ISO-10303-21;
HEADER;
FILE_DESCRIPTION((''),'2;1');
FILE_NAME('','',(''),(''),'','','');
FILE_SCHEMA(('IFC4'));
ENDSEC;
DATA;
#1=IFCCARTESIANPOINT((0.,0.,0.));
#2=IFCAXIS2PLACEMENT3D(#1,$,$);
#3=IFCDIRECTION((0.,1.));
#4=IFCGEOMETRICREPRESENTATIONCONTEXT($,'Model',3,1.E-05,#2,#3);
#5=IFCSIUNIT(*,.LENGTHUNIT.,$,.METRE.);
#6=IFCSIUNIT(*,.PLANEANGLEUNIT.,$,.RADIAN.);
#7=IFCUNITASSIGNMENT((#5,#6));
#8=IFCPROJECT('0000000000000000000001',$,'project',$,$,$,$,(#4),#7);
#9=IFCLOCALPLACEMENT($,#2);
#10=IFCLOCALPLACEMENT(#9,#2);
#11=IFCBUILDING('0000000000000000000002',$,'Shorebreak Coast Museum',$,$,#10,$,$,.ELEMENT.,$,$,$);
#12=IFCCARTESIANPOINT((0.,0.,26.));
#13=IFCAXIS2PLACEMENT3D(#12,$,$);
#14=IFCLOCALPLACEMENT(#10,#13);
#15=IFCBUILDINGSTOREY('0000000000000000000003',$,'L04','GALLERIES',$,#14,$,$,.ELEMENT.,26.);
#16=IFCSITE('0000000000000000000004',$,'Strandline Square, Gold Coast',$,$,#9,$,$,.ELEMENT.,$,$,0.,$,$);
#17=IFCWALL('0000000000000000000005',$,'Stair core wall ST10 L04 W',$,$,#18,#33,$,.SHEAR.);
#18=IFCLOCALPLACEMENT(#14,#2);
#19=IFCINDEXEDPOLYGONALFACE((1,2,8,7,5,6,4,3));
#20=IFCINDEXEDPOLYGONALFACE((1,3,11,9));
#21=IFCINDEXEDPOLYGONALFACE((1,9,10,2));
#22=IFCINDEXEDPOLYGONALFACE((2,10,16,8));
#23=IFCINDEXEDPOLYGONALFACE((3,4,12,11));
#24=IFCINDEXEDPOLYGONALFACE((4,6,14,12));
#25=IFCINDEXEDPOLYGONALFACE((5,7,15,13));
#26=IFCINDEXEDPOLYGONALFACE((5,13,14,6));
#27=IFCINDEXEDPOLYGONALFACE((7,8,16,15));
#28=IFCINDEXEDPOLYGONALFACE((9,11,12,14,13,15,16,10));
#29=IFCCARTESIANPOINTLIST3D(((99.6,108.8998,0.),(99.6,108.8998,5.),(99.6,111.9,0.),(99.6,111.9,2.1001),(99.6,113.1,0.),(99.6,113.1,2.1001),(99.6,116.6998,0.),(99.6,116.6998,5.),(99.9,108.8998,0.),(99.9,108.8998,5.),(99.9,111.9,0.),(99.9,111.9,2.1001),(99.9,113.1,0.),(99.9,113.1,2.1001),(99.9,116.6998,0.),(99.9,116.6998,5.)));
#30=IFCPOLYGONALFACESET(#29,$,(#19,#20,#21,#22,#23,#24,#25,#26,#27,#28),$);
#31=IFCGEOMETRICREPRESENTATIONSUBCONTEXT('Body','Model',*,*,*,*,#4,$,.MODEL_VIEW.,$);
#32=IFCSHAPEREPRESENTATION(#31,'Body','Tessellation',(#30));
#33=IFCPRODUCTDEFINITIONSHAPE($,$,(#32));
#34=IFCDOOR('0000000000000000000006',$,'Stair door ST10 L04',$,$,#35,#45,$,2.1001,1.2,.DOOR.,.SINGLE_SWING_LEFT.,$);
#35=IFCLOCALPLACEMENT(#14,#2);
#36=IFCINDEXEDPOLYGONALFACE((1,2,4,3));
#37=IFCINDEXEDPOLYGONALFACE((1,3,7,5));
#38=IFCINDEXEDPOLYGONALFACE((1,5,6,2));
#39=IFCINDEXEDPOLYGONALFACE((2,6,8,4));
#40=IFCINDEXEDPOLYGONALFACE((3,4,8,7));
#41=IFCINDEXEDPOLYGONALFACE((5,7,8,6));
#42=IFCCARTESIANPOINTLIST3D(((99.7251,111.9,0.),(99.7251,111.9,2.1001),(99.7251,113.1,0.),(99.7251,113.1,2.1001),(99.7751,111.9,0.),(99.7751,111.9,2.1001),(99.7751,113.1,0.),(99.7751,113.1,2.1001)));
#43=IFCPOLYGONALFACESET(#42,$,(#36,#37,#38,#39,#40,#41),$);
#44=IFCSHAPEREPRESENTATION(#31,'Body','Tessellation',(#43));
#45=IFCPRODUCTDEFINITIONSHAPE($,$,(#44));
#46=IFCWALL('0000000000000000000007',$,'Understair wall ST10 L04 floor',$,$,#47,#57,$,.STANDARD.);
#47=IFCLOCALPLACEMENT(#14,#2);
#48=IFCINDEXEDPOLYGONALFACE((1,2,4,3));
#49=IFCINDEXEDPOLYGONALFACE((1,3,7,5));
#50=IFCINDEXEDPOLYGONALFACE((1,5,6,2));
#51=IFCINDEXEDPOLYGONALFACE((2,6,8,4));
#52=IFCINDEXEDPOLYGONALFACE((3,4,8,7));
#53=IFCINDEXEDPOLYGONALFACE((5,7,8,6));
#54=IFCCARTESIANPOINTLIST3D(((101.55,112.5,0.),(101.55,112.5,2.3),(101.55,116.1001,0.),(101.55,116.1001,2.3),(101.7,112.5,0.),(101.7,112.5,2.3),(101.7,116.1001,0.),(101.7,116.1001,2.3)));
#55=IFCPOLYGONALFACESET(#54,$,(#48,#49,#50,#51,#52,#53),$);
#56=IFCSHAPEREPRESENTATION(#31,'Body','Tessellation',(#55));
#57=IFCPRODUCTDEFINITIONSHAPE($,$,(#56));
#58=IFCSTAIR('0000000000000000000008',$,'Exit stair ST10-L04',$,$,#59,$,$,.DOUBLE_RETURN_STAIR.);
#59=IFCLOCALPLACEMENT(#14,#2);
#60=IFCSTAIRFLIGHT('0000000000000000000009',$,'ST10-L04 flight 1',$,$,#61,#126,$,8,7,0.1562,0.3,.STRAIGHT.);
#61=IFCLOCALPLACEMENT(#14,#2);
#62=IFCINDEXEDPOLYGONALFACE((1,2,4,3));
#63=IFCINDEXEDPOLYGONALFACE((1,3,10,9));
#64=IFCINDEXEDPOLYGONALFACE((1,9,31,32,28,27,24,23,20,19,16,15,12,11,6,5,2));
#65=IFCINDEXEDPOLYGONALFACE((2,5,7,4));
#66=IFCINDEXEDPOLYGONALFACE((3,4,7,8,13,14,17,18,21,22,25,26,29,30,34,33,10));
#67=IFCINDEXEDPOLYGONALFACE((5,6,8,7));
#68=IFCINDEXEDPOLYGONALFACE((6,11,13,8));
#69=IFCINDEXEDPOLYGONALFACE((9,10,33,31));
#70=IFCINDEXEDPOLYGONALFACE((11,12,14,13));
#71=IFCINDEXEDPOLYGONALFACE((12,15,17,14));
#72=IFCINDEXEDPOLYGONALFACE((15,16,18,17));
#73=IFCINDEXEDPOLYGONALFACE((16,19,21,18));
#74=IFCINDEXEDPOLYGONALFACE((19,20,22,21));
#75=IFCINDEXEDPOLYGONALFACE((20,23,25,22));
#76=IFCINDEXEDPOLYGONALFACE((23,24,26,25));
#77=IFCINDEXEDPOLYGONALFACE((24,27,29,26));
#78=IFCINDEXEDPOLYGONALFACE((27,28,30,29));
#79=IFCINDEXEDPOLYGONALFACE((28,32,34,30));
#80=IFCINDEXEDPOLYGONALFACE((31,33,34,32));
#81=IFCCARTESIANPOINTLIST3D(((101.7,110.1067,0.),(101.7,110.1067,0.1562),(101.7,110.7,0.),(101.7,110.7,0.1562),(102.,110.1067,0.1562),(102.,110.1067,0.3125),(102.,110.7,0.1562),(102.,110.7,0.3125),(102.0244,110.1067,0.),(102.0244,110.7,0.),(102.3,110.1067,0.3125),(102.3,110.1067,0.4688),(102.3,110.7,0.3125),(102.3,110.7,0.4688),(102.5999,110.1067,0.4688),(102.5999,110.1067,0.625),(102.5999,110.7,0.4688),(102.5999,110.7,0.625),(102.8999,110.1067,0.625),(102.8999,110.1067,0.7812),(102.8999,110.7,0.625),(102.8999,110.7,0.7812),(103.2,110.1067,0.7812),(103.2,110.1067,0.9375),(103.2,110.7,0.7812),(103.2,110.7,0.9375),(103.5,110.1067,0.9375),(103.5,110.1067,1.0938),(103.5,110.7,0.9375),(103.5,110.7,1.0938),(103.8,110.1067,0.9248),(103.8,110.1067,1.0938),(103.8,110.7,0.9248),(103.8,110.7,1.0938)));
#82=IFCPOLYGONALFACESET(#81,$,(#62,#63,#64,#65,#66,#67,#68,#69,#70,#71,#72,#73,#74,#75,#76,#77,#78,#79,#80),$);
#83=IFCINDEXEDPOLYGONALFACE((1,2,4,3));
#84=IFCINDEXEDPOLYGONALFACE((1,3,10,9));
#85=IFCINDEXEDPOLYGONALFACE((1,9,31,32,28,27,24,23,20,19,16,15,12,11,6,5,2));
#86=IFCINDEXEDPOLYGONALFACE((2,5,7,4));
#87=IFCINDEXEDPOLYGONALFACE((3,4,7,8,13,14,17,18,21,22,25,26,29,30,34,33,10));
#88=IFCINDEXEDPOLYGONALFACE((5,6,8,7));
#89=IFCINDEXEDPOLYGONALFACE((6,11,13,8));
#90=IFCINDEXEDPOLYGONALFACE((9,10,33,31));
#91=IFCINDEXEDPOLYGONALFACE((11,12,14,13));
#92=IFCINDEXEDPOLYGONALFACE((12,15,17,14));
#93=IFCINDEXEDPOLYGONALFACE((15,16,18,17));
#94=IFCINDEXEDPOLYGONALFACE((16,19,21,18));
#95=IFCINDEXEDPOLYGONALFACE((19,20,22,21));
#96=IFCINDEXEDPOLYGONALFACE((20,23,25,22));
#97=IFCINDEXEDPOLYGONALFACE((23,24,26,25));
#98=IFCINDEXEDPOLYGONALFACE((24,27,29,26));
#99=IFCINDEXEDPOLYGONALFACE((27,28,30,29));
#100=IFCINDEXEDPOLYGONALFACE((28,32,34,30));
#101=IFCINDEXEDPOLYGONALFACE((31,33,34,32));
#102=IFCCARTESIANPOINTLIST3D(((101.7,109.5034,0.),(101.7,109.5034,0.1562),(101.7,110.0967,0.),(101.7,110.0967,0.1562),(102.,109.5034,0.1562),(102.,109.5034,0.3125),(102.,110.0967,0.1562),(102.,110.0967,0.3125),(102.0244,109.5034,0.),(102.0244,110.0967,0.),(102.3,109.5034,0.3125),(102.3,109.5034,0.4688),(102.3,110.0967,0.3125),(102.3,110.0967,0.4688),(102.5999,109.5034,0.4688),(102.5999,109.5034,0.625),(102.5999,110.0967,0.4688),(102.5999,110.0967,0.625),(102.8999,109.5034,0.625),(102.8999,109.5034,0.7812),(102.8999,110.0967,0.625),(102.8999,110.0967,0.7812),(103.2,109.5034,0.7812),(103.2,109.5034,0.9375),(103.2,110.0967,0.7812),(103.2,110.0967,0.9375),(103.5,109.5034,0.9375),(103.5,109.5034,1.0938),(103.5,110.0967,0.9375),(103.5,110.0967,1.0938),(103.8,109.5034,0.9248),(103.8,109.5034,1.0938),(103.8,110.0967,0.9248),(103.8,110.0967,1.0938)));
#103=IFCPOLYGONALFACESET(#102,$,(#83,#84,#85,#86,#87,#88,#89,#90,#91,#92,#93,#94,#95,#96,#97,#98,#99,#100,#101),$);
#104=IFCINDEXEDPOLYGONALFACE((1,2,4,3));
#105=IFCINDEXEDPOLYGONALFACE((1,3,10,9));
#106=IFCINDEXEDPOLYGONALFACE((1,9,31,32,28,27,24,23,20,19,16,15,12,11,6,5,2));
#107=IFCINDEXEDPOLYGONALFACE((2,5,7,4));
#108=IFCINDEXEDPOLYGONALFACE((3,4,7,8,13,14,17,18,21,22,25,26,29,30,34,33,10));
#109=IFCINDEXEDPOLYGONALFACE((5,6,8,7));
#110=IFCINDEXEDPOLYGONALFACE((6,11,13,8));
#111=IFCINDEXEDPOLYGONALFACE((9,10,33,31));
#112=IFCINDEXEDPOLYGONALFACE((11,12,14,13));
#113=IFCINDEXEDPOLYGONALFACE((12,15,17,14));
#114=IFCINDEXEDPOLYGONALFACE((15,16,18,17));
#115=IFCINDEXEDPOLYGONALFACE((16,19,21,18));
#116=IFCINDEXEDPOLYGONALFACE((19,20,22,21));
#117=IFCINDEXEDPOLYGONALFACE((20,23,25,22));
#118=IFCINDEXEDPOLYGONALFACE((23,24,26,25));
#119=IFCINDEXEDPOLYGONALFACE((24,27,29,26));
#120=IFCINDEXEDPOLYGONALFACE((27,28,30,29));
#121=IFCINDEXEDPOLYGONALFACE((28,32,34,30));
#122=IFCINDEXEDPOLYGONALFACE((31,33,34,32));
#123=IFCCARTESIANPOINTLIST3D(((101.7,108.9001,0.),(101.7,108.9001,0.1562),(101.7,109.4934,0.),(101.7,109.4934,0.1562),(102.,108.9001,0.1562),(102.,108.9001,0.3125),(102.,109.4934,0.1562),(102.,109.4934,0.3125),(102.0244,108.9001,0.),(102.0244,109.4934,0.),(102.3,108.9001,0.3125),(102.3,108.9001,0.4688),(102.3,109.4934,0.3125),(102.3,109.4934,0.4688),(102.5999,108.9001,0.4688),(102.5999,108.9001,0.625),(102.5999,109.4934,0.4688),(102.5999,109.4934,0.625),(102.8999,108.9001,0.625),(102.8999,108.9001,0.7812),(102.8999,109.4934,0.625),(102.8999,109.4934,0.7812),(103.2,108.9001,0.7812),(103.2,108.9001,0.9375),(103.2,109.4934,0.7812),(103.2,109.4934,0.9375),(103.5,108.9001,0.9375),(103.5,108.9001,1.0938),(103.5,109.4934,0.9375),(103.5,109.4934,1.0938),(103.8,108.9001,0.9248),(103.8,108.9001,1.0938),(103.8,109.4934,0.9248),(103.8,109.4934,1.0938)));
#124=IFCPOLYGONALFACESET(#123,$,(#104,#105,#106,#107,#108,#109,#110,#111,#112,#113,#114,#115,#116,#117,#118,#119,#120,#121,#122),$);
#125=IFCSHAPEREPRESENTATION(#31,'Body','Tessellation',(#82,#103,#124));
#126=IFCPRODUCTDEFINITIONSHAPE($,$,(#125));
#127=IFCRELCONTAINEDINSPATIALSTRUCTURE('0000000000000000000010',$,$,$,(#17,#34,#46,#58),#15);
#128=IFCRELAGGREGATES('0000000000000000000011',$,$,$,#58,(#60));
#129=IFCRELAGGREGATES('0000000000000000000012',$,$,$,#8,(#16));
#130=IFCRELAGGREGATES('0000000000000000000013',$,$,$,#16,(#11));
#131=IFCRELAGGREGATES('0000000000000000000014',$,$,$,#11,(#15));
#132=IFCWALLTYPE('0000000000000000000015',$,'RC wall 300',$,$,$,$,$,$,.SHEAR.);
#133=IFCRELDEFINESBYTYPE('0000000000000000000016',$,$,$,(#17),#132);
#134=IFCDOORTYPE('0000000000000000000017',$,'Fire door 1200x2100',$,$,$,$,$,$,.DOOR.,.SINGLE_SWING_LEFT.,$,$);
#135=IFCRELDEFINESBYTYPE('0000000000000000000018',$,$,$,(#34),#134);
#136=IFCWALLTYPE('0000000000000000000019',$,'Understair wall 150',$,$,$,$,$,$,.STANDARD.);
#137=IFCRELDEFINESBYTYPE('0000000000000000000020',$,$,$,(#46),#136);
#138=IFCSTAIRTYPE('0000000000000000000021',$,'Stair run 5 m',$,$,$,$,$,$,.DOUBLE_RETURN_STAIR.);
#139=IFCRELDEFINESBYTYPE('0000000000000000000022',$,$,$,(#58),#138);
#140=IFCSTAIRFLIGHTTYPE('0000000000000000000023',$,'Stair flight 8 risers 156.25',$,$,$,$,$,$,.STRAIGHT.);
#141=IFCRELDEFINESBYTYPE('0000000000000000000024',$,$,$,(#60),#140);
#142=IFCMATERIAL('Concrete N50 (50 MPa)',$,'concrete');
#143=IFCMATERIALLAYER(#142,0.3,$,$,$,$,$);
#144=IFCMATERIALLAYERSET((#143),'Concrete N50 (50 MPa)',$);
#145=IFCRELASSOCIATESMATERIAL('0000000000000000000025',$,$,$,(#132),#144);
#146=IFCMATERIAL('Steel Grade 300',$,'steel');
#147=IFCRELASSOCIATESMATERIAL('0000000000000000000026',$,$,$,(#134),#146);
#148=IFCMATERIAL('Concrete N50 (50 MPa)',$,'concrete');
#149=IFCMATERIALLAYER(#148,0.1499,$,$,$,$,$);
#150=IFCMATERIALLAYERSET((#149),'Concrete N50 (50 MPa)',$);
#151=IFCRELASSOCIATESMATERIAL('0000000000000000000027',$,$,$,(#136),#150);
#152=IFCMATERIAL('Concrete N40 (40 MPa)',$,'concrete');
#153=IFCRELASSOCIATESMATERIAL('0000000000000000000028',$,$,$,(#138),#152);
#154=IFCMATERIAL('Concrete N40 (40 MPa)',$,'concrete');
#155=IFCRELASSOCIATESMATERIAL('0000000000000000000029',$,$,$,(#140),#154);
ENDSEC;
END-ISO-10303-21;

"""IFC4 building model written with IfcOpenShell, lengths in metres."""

from ifc_helpers import new_model, si_unit, direction, frame, frame_2d, origin, place, context, subcontext, project, spatial, polyline, rectangle, outline, extrude, material, layer, layer_set, type_object, element, fill, aggregate, save


model = new_model("IFC4")

# Units and contexts
model_context = context("Model", 3, precision=1e-05, world=origin(), true_north=direction((0.0, 1.0)))
body_context = subcontext(model_context, "Body", "Model", "MODEL_VIEW")
ifc_project = project(units=[si_unit("LENGTHUNIT", "METRE"), si_unit("PLANEANGLEUNIT", "RADIAN")], contexts=[model_context])

# Site, building, storey
site_placement = place(None, origin())
site = spatial("IfcSite", under=ifc_project, at=site_placement, Name="Strandline Square, Gold Coast", CompositionType="ELEMENT", RefElevation=0.0)
building_placement = place(site_placement, origin())
building = spatial("IfcBuilding", under=site, at=building_placement, Name="Shorebreak Coast Museum", CompositionType="ELEMENT")
storey_placement = place(building_placement, frame((0.0, 0.0, 26.0)))
storey = spatial("IfcBuildingStorey", under=building, at=storey_placement, Name="L04", Description="GALLERIES", CompositionType="ELEMENT", Elevation=26.0)

# Shared definitions
ifc_material_1 = material(Name="Concrete N50 (50 MPa)", Category="concrete")
ifc_layer_1 = layer(ifc_material_1, 0.3)
ifc_layer_set_1 = layer_set([ifc_layer_1], Name="Concrete N50 (50 MPa)")
wall_type_1 = type_object("IfcWallType", Name="RC wall 300", PredefinedType="SHEAR", material=ifc_layer_set_1)

# Wall, opening, door
wall_1_placement = place(storey_placement, frame((99.75, 108.8999, 0.0), z_axis=(0.0, 0.0, 1.0), x_axis=(0.0, 1.0, 0.0)))
wall_1 = element("IfcWall", 1, at=wall_1_placement, inside=storey, type_object=wall_type_1, Name="Stair core wall ST10 L04 W", PredefinedType="SHEAR", context=body_context, shape_type="SweptSolid", body=[
    extrude(rectangle(XDim=7.8, YDim=0.3, at=frame_2d((3.8999, 0.0))), origin(), (0.0, 0.0, 1.0), 5.0),
])
opening_placement = place(wall_1_placement, frame((3.0, 0.0, 0.0)))
opening = element("IfcOpeningElement", 2, at=opening_placement, cuts=wall_1, PredefinedType="OPENING", context=body_context, shape_type="SweptSolid", body=[
    extrude(rectangle(XDim=1.2, YDim=2.1001, at=frame_2d((0.6001, 1.05))), frame((0.0, 0.1599, 0.0), z_axis=(0.0, -1.0, 0.0), x_axis=(1.0, 0.0, 0.0)), (0.0, 0.0, 1.0), 0.3201),
])
ifc_material_2 = material(Name="Steel Grade 300", Category="steel")
door_type = type_object("IfcDoorType", Name="Fire door 1200x2100", OperationType="SINGLE_SWING_LEFT", PredefinedType="DOOR", material=ifc_material_2)
door_placement = place(opening_placement, origin())
door = element("IfcDoor", 3, at=door_placement, inside=storey, type_object=door_type, Name="Stair door ST10 L04", OperationType="SINGLE_SWING_LEFT", OverallHeight=2.1001, OverallWidth=1.2, PredefinedType="DOOR", context=body_context, shape_type="SweptSolid", body=[
    extrude(rectangle(XDim=1.2, YDim=2.1001, at=frame_2d((0.6001, 1.05))), frame((0.0, 0.0249, 0.0), z_axis=(0.0, -1.0, 0.0), x_axis=(1.0, 0.0, 0.0)), (0.0, 0.0, 1.0), 0.05),
])
fill(opening, door)

# Wall
ifc_material_3 = material(Name="Concrete N50 (50 MPa)", Category="concrete")
ifc_layer_2 = layer(ifc_material_3, 0.1499)
ifc_layer_set_2 = layer_set([ifc_layer_2], Name="Concrete N50 (50 MPa)")
wall_type_2 = type_object("IfcWallType", Name="Understair wall 150", PredefinedType="STANDARD", material=ifc_layer_set_2)
wall_2_placement = place(storey_placement, frame((101.625, 112.5, 0.0), z_axis=(0.0, 0.0, 1.0), x_axis=(0.0, 1.0, 0.0)))
element("IfcWall", 4, at=wall_2_placement, inside=storey, type_object=wall_type_2, Name="Understair wall ST10 L04 floor", PredefinedType="STANDARD", context=body_context, shape_type="SweptSolid", body=[
    extrude(rectangle(XDim=3.6001, YDim=0.1499, at=frame_2d((1.8, 0.0))), origin(), (0.0, 0.0, 1.0), 2.3),
])

# Stair, stair flight
ifc_material_4 = material(Name="Concrete N40 (40 MPa)", Category="concrete")
stair_type = type_object("IfcStairType", Name="Stair run 5 m", PredefinedType="DOUBLE_RETURN_STAIR", material=ifc_material_4)
stair_placement = place(storey_placement, origin())
stair = element("IfcStair", 5, at=stair_placement, inside=storey, type_object=stair_type, Name="Exit stair ST10-L04", PredefinedType="DOUBLE_RETURN_STAIR")
ifc_material_5 = material(Name="Concrete N40 (40 MPa)", Category="concrete")
stair_flight_type = type_object("IfcStairFlightType", Name="Stair flight 8 risers 156.25", PredefinedType="STRAIGHT", material=ifc_material_5)
stair_flight_1_placement = place(storey_placement, frame((101.7, 109.8, 0.0), z_axis=(0.0, 0.0, 1.0), x_axis=(1.0, 0.0, 0.0)))
stair_flight_1 = element("IfcStairFlight", 6, at=stair_flight_1_placement, type_object=stair_flight_type, Name="ST10-L04 flight 1", NumberOfRisers=8, NumberOfTreads=7, PredefinedType="STRAIGHT", RiserHeight=0.1562, TreadLength=0.3, context=body_context, shape_type="SweptSolid", body=[
    extrude(outline(polyline([(0.0, 0.0), (0.0, 0.1562), (0.3, 0.1562), (0.3, 0.3125), (0.6001, 0.3125), (0.6001, 0.4688), (0.8999, 0.4688), (0.8999, 0.625), (1.2, 0.625), (1.2, 0.7812), (1.5, 0.7812), (1.5, 0.9375), (1.8, 0.9375), (1.8, 1.0938), (2.1001, 1.0938), (2.1001, 1.25), (2.1001, 0.9248), (0.3245, 0.0), (0.0, 0.0)])), frame((0.0, 0.8999, 0.0), z_axis=(0.0, -1.0, 0.0), x_axis=(1.0, 0.0, 0.0)), (0.0, 0.0, 1.0), 0.5933),
    extrude(outline(polyline([(0.0, 0.0), (0.0, 0.1562), (0.3, 0.1562), (0.3, 0.3125), (0.6001, 0.3125), (0.6001, 0.4688), (0.8999, 0.4688), (0.8999, 0.625), (1.2, 0.625), (1.2, 0.7812), (1.5, 0.7812), (1.5, 0.9375), (1.8, 0.9375), (1.8, 1.0938), (2.1001, 1.0938), (2.1001, 1.25), (2.1001, 0.9248), (0.3245, 0.0), (0.0, 0.0)])), frame((0.0, 0.2966, 0.0), z_axis=(0.0, -1.0, 0.0), x_axis=(1.0, 0.0, 0.0)), (0.0, 0.0, 1.0), 0.5933),
    extrude(outline(polyline([(0.0, 0.0), (0.0, 0.1562), (0.3, 0.1562), (0.3, 0.3125), (0.6001, 0.3125), (0.6001, 0.4688), (0.8999, 0.4688), (0.8999, 0.625), (1.2, 0.625), (1.2, 0.7812), (1.5, 0.7812), (1.5, 0.9375), (1.8, 0.9375), (1.8, 1.0938), (2.1001, 1.0938), (2.1001, 1.25), (2.1001, 0.9248), (0.3245, 0.0), (0.0, 0.0)])), frame((0.0, -0.3066, 0.0), z_axis=(0.0, -1.0, 0.0), x_axis=(1.0, 0.0, 0.0)), (0.0, 0.0, 1.0), 0.5933),
])
aggregate(stair, [stair_flight_1])

save(model, "model.ifc")
